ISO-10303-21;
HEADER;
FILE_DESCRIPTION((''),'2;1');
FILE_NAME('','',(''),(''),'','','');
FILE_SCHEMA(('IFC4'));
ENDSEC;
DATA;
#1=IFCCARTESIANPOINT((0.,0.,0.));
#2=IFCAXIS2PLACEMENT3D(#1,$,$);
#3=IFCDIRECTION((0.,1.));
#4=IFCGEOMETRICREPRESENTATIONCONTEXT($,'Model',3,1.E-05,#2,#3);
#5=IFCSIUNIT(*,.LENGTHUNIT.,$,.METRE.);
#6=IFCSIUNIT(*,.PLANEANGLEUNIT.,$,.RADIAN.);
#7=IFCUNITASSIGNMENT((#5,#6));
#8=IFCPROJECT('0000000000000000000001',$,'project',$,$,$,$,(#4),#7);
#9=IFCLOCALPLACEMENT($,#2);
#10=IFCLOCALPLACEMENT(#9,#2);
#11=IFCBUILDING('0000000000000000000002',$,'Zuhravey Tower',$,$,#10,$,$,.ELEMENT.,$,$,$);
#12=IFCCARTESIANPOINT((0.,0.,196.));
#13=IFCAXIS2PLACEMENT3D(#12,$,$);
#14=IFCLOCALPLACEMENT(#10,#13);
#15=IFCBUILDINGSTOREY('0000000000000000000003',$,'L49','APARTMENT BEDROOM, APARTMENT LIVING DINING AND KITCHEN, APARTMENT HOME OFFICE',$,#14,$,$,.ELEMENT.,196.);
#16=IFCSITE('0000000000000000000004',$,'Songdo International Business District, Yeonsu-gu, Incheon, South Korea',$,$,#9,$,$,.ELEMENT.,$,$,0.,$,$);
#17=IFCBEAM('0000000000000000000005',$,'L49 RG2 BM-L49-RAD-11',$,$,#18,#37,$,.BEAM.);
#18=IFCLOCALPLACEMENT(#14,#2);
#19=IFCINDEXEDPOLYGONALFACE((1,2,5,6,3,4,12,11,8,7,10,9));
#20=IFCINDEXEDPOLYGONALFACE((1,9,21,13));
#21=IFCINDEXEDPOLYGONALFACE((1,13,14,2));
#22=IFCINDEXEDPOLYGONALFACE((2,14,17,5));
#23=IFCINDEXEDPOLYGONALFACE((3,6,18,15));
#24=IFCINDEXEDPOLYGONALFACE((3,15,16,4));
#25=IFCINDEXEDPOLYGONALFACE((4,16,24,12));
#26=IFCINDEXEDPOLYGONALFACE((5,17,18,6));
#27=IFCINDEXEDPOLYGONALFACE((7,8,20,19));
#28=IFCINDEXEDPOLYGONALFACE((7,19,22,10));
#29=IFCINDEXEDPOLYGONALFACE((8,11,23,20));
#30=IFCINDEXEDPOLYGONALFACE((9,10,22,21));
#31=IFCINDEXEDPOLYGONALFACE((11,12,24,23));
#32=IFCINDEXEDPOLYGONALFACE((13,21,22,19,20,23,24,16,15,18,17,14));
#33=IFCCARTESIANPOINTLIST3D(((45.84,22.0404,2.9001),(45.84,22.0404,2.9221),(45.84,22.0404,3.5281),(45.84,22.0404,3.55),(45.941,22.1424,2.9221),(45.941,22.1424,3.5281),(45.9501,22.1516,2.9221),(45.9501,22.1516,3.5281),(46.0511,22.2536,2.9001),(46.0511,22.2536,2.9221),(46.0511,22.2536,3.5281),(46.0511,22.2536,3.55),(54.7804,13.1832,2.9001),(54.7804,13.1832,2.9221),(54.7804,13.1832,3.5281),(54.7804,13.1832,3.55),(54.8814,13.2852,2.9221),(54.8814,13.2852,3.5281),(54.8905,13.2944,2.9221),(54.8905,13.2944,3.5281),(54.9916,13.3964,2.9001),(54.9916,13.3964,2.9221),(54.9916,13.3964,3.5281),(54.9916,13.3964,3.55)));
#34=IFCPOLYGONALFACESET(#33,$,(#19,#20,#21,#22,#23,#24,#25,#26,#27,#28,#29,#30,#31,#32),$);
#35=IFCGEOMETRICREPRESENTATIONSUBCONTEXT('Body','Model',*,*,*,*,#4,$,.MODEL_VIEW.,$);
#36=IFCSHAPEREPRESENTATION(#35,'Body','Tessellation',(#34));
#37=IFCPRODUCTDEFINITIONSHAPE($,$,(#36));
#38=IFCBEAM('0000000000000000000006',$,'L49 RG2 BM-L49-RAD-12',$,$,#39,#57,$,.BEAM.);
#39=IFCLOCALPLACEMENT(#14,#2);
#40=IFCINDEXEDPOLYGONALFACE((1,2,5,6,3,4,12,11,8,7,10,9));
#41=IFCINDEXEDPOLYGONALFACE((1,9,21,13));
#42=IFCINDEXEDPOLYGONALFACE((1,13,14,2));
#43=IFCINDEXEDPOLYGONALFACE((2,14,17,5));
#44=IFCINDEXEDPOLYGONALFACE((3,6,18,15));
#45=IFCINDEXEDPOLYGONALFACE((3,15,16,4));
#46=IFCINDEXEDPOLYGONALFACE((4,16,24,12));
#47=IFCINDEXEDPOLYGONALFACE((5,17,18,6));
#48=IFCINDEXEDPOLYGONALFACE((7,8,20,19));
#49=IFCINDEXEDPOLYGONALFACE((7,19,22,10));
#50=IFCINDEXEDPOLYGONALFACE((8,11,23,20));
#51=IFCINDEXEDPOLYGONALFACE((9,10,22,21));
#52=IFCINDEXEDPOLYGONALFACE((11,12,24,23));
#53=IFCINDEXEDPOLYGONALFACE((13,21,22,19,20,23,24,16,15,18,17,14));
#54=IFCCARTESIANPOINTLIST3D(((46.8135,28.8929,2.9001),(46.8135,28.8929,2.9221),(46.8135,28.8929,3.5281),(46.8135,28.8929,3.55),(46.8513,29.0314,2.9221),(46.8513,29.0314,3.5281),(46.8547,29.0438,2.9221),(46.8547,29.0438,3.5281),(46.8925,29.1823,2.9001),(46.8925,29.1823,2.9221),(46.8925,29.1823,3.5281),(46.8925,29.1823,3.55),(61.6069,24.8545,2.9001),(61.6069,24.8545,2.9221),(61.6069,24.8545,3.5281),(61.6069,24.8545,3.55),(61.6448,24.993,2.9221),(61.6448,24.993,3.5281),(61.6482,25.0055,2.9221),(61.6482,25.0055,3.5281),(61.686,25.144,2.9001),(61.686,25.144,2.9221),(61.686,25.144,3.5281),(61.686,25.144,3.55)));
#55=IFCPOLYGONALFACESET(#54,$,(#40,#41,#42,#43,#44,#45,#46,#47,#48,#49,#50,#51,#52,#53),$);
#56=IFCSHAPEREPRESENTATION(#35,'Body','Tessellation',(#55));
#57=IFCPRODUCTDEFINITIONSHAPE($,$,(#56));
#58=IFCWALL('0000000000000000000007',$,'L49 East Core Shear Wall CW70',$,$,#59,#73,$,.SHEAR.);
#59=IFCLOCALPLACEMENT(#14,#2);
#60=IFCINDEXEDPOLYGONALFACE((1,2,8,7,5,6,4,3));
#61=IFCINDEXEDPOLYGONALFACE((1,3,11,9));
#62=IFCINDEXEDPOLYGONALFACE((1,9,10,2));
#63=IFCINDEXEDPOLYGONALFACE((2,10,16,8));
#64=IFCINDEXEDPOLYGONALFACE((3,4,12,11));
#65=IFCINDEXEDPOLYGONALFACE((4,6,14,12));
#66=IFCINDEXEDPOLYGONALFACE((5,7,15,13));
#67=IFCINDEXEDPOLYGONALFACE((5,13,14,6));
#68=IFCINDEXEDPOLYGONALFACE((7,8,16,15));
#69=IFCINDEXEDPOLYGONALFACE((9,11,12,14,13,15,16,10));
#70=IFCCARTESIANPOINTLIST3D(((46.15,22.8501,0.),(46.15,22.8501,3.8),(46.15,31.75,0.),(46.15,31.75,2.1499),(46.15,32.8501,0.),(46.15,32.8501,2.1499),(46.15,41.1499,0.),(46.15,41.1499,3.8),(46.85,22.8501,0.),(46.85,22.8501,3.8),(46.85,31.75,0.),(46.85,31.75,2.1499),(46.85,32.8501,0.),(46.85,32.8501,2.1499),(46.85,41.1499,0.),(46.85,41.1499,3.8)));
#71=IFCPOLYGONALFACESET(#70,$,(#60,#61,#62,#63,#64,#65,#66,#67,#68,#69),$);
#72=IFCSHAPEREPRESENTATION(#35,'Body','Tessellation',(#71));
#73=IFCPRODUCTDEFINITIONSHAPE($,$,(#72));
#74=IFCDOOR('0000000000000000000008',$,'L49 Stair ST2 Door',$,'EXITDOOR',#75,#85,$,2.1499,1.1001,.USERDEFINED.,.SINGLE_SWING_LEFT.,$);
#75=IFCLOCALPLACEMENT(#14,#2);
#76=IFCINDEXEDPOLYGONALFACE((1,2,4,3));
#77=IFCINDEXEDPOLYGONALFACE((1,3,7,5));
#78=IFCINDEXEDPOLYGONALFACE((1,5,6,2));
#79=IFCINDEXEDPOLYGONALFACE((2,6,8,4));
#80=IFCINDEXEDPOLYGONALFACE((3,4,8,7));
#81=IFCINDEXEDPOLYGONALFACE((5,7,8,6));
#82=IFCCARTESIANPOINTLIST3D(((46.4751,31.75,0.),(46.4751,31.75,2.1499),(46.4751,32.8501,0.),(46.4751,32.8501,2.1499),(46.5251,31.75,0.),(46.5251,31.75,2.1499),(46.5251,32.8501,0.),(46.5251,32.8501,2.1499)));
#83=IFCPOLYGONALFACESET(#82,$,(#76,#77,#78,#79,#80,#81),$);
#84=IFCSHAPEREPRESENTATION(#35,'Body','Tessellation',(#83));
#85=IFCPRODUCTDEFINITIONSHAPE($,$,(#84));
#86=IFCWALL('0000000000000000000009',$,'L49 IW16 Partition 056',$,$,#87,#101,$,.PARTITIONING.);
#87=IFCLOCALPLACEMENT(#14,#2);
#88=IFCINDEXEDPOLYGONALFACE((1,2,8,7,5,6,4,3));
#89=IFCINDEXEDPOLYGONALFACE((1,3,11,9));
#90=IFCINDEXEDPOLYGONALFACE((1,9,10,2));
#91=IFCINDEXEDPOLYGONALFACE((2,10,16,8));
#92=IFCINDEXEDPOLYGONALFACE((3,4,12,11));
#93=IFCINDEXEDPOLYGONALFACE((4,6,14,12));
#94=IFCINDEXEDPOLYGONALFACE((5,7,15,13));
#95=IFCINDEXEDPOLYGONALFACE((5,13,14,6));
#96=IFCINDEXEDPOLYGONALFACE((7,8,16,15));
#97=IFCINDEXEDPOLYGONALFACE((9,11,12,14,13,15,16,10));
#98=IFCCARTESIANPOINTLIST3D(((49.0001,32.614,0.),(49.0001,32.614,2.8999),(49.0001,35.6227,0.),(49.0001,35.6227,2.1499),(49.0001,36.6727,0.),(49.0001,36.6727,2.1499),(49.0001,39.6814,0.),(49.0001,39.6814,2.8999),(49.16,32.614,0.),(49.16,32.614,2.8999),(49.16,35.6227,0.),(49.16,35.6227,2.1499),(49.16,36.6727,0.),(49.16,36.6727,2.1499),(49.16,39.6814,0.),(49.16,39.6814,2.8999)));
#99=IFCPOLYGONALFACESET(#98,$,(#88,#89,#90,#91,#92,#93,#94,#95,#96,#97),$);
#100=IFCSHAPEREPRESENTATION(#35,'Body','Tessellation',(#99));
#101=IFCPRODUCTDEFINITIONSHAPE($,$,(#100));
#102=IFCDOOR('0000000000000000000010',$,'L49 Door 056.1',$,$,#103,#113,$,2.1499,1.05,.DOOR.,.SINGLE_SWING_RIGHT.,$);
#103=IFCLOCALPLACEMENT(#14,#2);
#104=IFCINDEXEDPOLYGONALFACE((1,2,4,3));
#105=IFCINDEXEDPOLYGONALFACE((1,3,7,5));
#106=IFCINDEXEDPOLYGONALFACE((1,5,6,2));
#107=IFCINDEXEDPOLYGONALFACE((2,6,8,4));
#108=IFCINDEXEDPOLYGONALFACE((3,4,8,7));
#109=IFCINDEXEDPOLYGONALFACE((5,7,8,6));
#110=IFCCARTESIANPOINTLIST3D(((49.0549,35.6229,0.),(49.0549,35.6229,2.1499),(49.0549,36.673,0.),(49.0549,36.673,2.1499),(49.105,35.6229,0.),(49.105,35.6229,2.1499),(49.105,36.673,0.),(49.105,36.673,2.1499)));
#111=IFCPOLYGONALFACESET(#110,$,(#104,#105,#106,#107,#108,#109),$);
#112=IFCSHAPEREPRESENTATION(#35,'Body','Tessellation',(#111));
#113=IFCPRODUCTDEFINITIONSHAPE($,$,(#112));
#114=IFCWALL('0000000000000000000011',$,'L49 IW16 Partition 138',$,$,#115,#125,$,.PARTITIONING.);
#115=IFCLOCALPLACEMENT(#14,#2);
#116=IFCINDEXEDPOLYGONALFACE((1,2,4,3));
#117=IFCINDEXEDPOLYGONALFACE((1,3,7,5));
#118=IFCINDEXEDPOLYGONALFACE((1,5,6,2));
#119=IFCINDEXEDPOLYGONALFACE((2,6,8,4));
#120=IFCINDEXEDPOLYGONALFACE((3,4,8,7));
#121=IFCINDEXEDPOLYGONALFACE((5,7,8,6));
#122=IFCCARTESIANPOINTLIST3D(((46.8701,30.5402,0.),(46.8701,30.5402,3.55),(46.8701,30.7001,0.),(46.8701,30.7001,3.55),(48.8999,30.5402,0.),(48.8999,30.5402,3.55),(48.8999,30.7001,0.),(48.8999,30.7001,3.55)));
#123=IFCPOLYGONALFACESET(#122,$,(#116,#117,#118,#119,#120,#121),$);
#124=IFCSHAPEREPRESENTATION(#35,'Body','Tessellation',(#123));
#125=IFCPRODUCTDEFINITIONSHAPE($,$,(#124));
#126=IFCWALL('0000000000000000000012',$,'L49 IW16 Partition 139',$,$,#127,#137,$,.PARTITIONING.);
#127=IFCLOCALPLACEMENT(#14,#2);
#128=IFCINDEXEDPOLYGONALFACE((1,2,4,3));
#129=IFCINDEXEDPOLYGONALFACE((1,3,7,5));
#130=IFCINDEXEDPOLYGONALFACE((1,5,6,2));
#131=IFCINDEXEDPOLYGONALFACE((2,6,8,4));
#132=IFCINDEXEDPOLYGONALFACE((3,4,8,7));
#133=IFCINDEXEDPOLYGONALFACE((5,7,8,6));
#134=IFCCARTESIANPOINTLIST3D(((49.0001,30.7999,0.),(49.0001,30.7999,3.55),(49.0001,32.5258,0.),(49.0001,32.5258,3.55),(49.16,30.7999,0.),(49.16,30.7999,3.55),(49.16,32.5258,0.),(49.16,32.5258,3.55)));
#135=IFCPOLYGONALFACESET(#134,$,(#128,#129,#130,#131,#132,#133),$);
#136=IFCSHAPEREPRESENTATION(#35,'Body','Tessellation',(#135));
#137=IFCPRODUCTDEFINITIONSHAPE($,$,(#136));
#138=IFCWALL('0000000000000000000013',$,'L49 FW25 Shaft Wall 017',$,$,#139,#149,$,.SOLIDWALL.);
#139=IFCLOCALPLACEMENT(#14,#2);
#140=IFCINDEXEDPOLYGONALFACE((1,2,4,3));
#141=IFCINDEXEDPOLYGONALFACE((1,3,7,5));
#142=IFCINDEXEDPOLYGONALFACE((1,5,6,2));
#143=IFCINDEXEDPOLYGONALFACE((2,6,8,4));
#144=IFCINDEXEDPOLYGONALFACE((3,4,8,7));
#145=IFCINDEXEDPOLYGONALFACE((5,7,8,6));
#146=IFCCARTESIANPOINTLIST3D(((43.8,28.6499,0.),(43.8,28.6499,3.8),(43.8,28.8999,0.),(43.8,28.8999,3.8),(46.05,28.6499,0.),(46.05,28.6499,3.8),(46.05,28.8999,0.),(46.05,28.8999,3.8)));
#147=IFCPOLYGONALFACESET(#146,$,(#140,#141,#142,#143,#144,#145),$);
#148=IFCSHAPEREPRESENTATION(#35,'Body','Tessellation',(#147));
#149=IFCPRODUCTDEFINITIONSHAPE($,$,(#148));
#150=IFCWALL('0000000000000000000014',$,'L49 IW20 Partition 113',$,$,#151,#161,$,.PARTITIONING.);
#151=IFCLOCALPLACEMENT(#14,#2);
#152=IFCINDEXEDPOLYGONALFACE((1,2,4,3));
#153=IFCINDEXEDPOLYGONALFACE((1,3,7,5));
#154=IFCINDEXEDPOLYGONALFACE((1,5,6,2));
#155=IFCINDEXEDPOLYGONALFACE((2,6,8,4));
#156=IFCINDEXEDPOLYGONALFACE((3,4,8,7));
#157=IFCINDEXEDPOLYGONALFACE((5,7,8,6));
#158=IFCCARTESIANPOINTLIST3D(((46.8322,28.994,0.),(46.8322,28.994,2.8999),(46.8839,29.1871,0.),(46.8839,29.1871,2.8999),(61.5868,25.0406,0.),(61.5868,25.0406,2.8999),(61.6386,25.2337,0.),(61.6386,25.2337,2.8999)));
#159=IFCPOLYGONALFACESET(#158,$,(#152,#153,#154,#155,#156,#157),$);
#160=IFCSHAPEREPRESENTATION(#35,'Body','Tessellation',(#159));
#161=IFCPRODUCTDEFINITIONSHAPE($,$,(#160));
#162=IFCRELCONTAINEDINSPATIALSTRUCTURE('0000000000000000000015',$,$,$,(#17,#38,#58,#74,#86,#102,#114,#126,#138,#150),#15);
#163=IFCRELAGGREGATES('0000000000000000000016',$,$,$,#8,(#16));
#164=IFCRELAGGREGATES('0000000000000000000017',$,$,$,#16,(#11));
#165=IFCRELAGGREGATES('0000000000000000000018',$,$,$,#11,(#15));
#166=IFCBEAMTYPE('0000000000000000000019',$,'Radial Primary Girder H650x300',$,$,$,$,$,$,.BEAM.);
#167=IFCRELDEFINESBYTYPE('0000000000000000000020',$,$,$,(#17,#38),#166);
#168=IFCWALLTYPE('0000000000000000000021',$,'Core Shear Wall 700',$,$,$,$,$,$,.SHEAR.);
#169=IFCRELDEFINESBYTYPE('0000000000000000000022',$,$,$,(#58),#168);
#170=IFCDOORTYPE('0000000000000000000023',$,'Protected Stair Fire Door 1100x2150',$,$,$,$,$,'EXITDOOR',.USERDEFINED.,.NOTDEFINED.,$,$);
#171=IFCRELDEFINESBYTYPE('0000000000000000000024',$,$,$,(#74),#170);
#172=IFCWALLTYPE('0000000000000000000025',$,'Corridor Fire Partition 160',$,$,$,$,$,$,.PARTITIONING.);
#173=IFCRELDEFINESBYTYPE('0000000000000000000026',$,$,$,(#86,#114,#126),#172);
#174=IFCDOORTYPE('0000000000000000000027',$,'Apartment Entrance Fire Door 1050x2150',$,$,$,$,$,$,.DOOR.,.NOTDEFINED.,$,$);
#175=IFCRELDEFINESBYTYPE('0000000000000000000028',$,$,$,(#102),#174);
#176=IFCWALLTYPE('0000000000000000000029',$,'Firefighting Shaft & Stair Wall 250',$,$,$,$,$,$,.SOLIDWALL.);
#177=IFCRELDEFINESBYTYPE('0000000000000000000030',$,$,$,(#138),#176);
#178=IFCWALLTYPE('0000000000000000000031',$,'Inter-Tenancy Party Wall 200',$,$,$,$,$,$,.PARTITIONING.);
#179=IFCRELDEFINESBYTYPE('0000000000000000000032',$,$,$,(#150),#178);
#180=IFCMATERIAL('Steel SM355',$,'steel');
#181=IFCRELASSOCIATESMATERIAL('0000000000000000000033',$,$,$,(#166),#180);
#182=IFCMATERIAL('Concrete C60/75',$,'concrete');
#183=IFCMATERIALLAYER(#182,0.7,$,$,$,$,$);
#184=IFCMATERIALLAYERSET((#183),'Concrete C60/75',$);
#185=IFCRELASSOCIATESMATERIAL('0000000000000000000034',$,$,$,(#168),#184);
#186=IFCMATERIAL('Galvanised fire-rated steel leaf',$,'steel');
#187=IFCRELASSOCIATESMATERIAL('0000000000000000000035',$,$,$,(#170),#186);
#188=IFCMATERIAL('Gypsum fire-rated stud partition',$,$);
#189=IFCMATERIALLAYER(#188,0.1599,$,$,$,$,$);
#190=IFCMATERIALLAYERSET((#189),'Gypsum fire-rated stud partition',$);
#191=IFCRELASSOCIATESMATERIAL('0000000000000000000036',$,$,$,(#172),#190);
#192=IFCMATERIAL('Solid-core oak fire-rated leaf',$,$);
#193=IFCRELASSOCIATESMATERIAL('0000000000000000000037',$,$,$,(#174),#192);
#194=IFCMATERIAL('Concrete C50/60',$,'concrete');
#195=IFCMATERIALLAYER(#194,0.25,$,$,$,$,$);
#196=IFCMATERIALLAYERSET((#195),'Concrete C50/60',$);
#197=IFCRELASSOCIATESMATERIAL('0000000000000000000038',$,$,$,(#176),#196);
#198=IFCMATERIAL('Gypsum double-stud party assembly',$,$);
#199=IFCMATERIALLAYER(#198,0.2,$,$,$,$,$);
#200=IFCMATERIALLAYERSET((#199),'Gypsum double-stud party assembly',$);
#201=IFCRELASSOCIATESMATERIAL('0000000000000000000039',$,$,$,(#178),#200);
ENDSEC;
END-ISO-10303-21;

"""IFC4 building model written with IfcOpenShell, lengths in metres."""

from ifc_helpers import new_model, si_unit, direction, frame, frame_2d, origin, origin_2d, place, context, subcontext, project, spatial, rectangle, i_section, extrude, material, layer, layer_set, material_profile, profile_set, type_object, element, fill, save


model = new_model("IFC4")

# Units and contexts
model_context = context("Model", 3, precision=1e-05, world=origin(), true_north=direction((0.0, 1.0)))
body_context = subcontext(model_context, "Body", "Model", "MODEL_VIEW")
ifc_project = project(units=[si_unit("LENGTHUNIT", "METRE"), si_unit("PLANEANGLEUNIT", "RADIAN")], contexts=[model_context])

# Site, building, storey
site_placement = place(None, origin())
site = spatial("IfcSite", under=ifc_project, at=site_placement, Name="Songdo International Business District, Yeonsu-gu, Incheon, South Korea", CompositionType="ELEMENT", RefElevation=0.0)
building_placement = place(site_placement, origin())
building = spatial("IfcBuilding", under=site, at=building_placement, Name="Zuhravey Tower", CompositionType="ELEMENT")
storey_placement = place(building_placement, frame((0.0, 0.0, 196.0)))
storey = spatial("IfcBuildingStorey", under=building, at=storey_placement, Name="L49", Description="APARTMENT BEDROOM, APARTMENT LIVING DINING AND KITCHEN, APARTMENT HOME OFFICE", CompositionType="ELEMENT", Elevation=196.0)

# Beams
ifc_material_1 = material(Name="Steel SM355", Category="steel")
ifc_material_profile = material_profile(ifc_material_1, i_section(OverallWidth=0.3, OverallDepth=0.6499, WebThickness=0.0129, FlangeThickness=0.022, at=origin_2d()), Name="H-650x300x13x22")
ifc_profile_set = profile_set([ifc_material_profile], Name="Steel SM355")
beam_type = type_object("IfcBeamType", Name="Radial Primary Girder H650x300", PredefinedType="BEAM", material=ifc_profile_set)
beam_1_placement = place(storey_placement, frame((45.9456, 22.147, 3.2251), z_axis=(0.710407, -0.703791, 0.0), x_axis=(0.703791, 0.710407, 0.0)))
element("IfcBeam", 1, at=beam_1_placement, inside=storey, type_object=beam_type, Name="L49 RG2 BM-L49-RAD-11", PredefinedType="BEAM", context=body_context, shape_type="SweptSolid", body=[
    extrude(i_section(OverallWidth=0.3, OverallDepth=0.6499, WebThickness=0.0129, FlangeThickness=0.022, at=origin_2d()), origin(), (0.0, 0.0, 1.0), 12.585),
])
beam_2_placement = place(storey_placement, frame((46.853, 29.0376, 3.2251), z_axis=(0.964702, -0.263345, 0.0), x_axis=(0.263345, 0.964702, 0.0)))
element("IfcBeam", 2, at=beam_2_placement, inside=storey, type_object=beam_type, Name="L49 RG2 BM-L49-RAD-12", PredefinedType="BEAM", context=body_context, shape_type="SweptSolid", body=[
    extrude(i_section(OverallWidth=0.3, OverallDepth=0.6499, WebThickness=0.0129, FlangeThickness=0.022, at=origin_2d()), origin(), (0.0, 0.0, 1.0), 15.3347),
])

# Walls, openings, doors
ifc_material_2 = material(Name="Concrete C60/75", Category="concrete")
ifc_layer_1 = layer(ifc_material_2, 0.7)
ifc_layer_set_1 = layer_set([ifc_layer_1], Name="Concrete C60/75")
wall_type_1 = type_object("IfcWallType", Name="Core Shear Wall 700", PredefinedType="SHEAR", material=ifc_layer_set_1)
wall_1_placement = place(storey_placement, frame((46.5, 22.8501, 0.0), z_axis=(0.0, 0.0, 1.0), x_axis=(0.0, 1.0, 0.0)))
wall_1 = element("IfcWall", 3, at=wall_1_placement, inside=storey, type_object=wall_type_1, Name="L49 East Core Shear Wall CW70", PredefinedType="SHEAR", context=body_context, shape_type="SweptSolid", body=[
    extrude(rectangle(XDim=18.2998, YDim=0.7, at=frame_2d((9.1499, 0.0))), origin(), (0.0, 0.0, 1.0), 3.8),
])
opening_1_placement = place(wall_1_placement, frame((8.8999, 0.0, 0.0)))
opening_1 = element("IfcOpeningElement", 4, at=opening_1_placement, cuts=wall_1, PredefinedType="OPENING", context=body_context, shape_type="SweptSolid", body=[
    extrude(rectangle(XDim=1.1001, YDim=2.1499, at=frame_2d((0.55, 1.075))), frame((0.0, 0.3621, 0.0), z_axis=(0.0, -1.0, 0.0), x_axis=(1.0, 0.0, 0.0)), (0.0, 0.0, 1.0), 0.7239),
])
ifc_material_3 = material(Name="Galvanised fire-rated steel leaf", Category="steel")
door_type_1 = type_object("IfcDoorType", Name="Protected Stair Fire Door 1100x2150", ElementType="EXITDOOR", OperationType="NOTDEFINED", PredefinedType="USERDEFINED", material=ifc_material_3)
door_1_placement = place(opening_1_placement, origin())
door_1 = element("IfcDoor", 5, at=door_1_placement, inside=storey, type_object=door_type_1, Name="L49 Stair ST2 Door", ObjectType="EXITDOOR", OperationType="SINGLE_SWING_LEFT", OverallHeight=2.1499, OverallWidth=1.1001, PredefinedType="USERDEFINED", context=body_context, shape_type="SweptSolid", body=[
    extrude(rectangle(XDim=1.1001, YDim=2.1499, at=frame_2d((0.55, 1.075))), frame((0.0, 0.0249, 0.0), z_axis=(0.0, -1.0, 0.0), x_axis=(1.0, 0.0, 0.0)), (0.0, 0.0, 1.0), 0.05),
])
fill(opening_1, door_1)
ifc_material_4 = material(Name="Gypsum fire-rated stud partition")
ifc_layer_2 = layer(ifc_material_4, 0.1599)
ifc_layer_set_2 = layer_set([ifc_layer_2], Name="Gypsum fire-rated stud partition")
wall_type_2 = type_object("IfcWallType", Name="Corridor Fire Partition 160", PredefinedType="PARTITIONING", material=ifc_layer_set_2)
wall_2_placement = place(storey_placement, frame((49.0801, 32.614, 0.0), z_axis=(0.0, 0.0, 1.0), x_axis=(0.0, 1.0, 0.0)))
wall_2 = element("IfcWall", 6, at=wall_2_placement, inside=storey, type_object=wall_type_2, Name="L49 IW16 Partition 056", PredefinedType="PARTITIONING", context=body_context, shape_type="SweptSolid", body=[
    extrude(rectangle(XDim=7.0674, YDim=0.1599, at=frame_2d((3.5337, 0.0))), origin(), (0.0, 0.0, 1.0), 2.8999),
])
opening_2_placement = place(wall_2_placement, frame((3.0088, 0.0, 0.0)))
opening_2 = element("IfcOpeningElement", 7, at=opening_2_placement, cuts=wall_2, PredefinedType="OPENING", context=body_context, shape_type="SweptSolid", body=[
    extrude(rectangle(XDim=1.05, YDim=2.1499, at=frame_2d((0.5249, 1.075))), frame((0.0, 0.092, 0.0), z_axis=(0.0, -1.0, 0.0), x_axis=(1.0, 0.0, 0.0)), (0.0, 0.0, 1.0), 0.1838),
])
ifc_material_5 = material(Name="Solid-core oak fire-rated leaf")
door_type_2 = type_object("IfcDoorType", Name="Apartment Entrance Fire Door 1050x2150", OperationType="NOTDEFINED", PredefinedType="DOOR", material=ifc_material_5)
door_2_placement = place(opening_2_placement, frame((1.05, 0.0, 0.0), z_axis=(0.0, 0.0, 1.0), x_axis=(-1.0, 0.0, 0.0)))
door_2 = element("IfcDoor", 8, at=door_2_placement, inside=storey, type_object=door_type_2, Name="L49 Door 056.1", OperationType="SINGLE_SWING_RIGHT", OverallHeight=2.1499, OverallWidth=1.05, PredefinedType="DOOR", context=body_context, shape_type="SweptSolid", body=[
    extrude(rectangle(XDim=1.05, YDim=2.1499, at=frame_2d((0.5249, 1.075))), frame((0.0, 0.0249, 0.0), z_axis=(0.0, -1.0, 0.0), x_axis=(1.0, 0.0, 0.0)), (0.0, 0.0, 1.0), 0.05),
])
fill(opening_2, door_2)

# Walls
wall_3_placement = place(storey_placement, frame((46.8701, 30.6201, 0.0), z_axis=(0.0, 0.0, 1.0), x_axis=(1.0, 0.0, 0.0)))
element("IfcWall", 9, at=wall_3_placement, inside=storey, type_object=wall_type_2, Name="L49 IW16 Partition 138", PredefinedType="PARTITIONING", context=body_context, shape_type="SweptSolid", body=[
    extrude(rectangle(XDim=2.0298, YDim=0.1599, at=frame_2d((1.0149, 0.0))), origin(), (0.0, 0.0, 1.0), 3.55),
])
wall_4_placement = place(storey_placement, frame((49.0801, 30.8, 0.0), z_axis=(0.0, 0.0, 1.0), x_axis=(0.0, 1.0, 0.0)))
element("IfcWall", 10, at=wall_4_placement, inside=storey, type_object=wall_type_2, Name="L49 IW16 Partition 139", PredefinedType="PARTITIONING", context=body_context, shape_type="SweptSolid", body=[
    extrude(rectangle(XDim=1.7258, YDim=0.1599, at=frame_2d((0.8628, 0.0))), origin(), (0.0, 0.0, 1.0), 3.55),
])
ifc_material_6 = material(Name="Concrete C50/60", Category="concrete")
ifc_layer_3 = layer(ifc_material_6, 0.25)
ifc_layer_set_3 = layer_set([ifc_layer_3], Name="Concrete C50/60")
wall_type_3 = type_object("IfcWallType", Name="Firefighting Shaft & Stair Wall 250", PredefinedType="SOLIDWALL", material=ifc_layer_set_3)
wall_5_placement = place(storey_placement, frame((43.8, 28.7749, 0.0), z_axis=(0.0, 0.0, 1.0), x_axis=(1.0, 0.0, 0.0)))
element("IfcWall", 11, at=wall_5_placement, inside=storey, type_object=wall_type_3, Name="L49 FW25 Shaft Wall 017", PredefinedType="SOLIDWALL", context=body_context, shape_type="SweptSolid", body=[
    extrude(rectangle(XDim=2.25, YDim=0.25, at=frame_2d((1.125, 0.0))), origin(), (0.0, 0.0, 1.0), 3.8),
])
ifc_material_7 = material(Name="Gypsum double-stud party assembly")
ifc_layer_4 = layer(ifc_material_7, 0.2)
ifc_layer_set_4 = layer_set([ifc_layer_4], Name="Gypsum double-stud party assembly")
wall_type_4 = type_object("IfcWallType", Name="Inter-Tenancy Party Wall 200", PredefinedType="PARTITIONING", material=ifc_layer_set_4)
wall_6_placement = place(storey_placement, frame((46.8579, 29.0906, 0.0), z_axis=(0.0, 0.0, 1.0), x_axis=(0.965928, -0.258811, 0.0)))
element("IfcWall", 12, at=wall_6_placement, inside=storey, type_object=wall_type_4, Name="L49 IW20 Partition 113", PredefinedType="PARTITIONING", context=body_context, shape_type="SweptSolid", body=[
    extrude(rectangle(XDim=15.2751, YDim=0.2, at=frame_2d((7.6377, 0.0))), origin(), (0.0, 0.0, 1.0), 2.8999),
])

save(model, "model.ifc")
